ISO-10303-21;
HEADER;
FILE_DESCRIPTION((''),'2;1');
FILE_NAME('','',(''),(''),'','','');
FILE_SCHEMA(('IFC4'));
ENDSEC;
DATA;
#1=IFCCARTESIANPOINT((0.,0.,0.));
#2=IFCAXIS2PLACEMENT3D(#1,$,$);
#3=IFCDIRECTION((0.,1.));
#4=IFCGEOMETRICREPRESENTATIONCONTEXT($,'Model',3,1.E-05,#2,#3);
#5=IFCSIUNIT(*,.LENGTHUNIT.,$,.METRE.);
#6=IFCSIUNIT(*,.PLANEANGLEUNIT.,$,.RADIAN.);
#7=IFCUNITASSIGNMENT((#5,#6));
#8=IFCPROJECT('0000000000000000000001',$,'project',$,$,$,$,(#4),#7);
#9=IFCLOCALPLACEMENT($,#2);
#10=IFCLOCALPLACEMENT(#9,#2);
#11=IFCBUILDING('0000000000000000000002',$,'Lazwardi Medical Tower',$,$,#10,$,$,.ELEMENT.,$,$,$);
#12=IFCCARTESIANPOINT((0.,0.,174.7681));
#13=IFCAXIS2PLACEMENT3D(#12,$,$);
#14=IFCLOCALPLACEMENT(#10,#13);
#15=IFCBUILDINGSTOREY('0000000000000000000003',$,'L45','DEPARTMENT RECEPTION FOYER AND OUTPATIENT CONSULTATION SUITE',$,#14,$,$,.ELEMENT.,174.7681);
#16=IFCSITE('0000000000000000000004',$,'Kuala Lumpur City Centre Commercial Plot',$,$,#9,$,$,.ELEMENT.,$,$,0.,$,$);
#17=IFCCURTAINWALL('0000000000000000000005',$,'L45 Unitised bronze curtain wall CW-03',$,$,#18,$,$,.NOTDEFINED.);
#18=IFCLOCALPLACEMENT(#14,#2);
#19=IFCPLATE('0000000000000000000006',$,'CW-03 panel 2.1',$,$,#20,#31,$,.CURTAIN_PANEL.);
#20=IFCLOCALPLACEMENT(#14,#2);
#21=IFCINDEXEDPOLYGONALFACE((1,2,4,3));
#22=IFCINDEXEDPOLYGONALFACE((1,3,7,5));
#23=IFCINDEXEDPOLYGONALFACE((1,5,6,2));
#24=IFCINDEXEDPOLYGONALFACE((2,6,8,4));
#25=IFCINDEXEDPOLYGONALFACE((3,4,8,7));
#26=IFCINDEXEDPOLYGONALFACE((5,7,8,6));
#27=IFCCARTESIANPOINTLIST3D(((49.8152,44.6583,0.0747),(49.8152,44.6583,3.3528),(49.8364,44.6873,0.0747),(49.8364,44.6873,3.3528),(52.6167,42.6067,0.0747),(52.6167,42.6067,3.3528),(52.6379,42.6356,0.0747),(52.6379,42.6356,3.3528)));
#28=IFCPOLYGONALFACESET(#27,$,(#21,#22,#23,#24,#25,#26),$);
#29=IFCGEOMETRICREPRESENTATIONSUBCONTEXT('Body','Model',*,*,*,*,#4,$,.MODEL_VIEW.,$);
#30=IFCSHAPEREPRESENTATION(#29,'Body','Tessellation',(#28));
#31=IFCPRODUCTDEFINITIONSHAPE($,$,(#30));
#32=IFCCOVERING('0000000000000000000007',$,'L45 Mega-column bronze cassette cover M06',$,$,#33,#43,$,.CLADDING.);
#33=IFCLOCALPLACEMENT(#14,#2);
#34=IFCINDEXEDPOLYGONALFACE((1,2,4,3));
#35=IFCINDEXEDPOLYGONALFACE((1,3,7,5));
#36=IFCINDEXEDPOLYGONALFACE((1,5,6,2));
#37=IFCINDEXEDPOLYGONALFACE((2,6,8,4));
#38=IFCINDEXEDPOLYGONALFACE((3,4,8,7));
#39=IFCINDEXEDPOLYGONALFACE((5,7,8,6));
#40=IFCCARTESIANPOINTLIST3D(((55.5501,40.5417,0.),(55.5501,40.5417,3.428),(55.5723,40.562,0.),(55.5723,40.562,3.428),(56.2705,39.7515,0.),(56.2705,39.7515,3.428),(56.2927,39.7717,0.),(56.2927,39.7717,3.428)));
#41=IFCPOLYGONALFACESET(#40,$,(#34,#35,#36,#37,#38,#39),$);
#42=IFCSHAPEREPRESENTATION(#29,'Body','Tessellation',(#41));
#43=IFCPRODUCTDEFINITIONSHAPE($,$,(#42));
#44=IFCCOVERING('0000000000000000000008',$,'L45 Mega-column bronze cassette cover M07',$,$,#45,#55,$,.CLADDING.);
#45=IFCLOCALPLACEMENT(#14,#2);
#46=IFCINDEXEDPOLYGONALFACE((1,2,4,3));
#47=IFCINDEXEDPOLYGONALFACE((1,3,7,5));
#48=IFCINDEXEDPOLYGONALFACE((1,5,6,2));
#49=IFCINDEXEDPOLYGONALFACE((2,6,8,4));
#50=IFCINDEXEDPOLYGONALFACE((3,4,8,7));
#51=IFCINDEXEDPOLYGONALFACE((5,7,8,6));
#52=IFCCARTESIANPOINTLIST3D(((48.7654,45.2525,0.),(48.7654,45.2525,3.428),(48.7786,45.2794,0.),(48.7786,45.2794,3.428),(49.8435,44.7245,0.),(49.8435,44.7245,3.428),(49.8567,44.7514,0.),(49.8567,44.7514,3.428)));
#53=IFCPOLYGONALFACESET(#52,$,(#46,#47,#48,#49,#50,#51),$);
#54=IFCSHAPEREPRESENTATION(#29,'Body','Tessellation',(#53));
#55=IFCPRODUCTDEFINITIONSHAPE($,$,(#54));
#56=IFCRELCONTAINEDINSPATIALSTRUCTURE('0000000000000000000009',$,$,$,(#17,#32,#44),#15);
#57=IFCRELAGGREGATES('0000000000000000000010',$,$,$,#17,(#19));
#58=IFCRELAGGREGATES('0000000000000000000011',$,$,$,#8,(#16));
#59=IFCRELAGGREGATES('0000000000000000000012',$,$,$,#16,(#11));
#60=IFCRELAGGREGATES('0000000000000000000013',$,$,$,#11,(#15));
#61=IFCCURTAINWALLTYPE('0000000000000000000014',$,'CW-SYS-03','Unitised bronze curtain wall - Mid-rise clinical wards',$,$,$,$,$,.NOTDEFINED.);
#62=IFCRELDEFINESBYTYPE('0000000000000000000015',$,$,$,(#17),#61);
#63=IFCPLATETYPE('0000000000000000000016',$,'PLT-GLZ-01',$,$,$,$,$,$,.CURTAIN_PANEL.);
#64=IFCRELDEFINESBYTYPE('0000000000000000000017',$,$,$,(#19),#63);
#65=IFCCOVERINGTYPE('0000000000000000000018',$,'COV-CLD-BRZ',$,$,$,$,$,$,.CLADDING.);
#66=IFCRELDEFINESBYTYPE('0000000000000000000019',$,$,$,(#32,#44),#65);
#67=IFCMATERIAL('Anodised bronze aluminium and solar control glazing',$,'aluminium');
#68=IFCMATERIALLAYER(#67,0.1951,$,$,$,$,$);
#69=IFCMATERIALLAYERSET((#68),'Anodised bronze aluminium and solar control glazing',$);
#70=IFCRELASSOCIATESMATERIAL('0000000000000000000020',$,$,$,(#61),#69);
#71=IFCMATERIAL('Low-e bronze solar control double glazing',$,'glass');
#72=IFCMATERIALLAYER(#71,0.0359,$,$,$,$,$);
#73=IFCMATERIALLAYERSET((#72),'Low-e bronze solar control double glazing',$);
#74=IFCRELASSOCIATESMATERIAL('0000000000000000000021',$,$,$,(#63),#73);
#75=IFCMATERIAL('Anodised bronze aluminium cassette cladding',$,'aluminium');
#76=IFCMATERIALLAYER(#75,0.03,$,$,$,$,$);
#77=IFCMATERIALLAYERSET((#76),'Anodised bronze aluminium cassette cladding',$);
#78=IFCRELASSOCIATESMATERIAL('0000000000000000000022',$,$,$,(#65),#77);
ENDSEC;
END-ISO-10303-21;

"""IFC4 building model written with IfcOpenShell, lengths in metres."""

from ifc_helpers import new_model, si_unit, direction, frame, origin, origin_2d, place, context, subcontext, project, spatial, rectangle, extrude, material, layer, layer_set, type_object, element, aggregate, save


model = new_model("IFC4")

# Units and contexts
model_context = context("Model", 3, precision=1e-05, world=origin(), true_north=direction((0.0, 1.0)))
body_context = subcontext(model_context, "Body", "Model", "MODEL_VIEW")
ifc_project = project(units=[si_unit("LENGTHUNIT", "METRE"), si_unit("PLANEANGLEUNIT", "RADIAN")], contexts=[model_context])

# Site, building, storey
site_placement = place(None, origin())
site = spatial("IfcSite", under=ifc_project, at=site_placement, Name="Kuala Lumpur City Centre Commercial Plot", CompositionType="ELEMENT", RefElevation=0.0)
building_placement = place(site_placement, origin())
building = spatial("IfcBuilding", under=site, at=building_placement, Name="Lazwardi Medical Tower", CompositionType="ELEMENT")
storey_placement = place(building_placement, frame((0.0, 0.0, 174.7681)))
storey = spatial("IfcBuildingStorey", under=building, at=storey_placement, Name="L45", Description="DEPARTMENT RECEPTION FOYER AND OUTPATIENT CONSULTATION SUITE", CompositionType="ELEMENT", Elevation=174.7681)

# Shared definitions
ifc_material_1 = material(Name="Anodised bronze aluminium and solar control glazing", Category="aluminium")
ifc_layer_1 = layer(ifc_material_1, 0.1951)
ifc_layer_set_1 = layer_set([ifc_layer_1], Name="Anodised bronze aluminium and solar control glazing")
curtain_wall_type = type_object("IfcCurtainWallType", Name="CW-SYS-03", Description="Unitised bronze curtain wall - Mid-rise clinical wards", PredefinedType="NOTDEFINED", material=ifc_layer_set_1)

# Curtain wall
curtain_wall_1_placement = place(storey_placement, origin())
curtain_wall_1 = element("IfcCurtainWall", 1, at=curtain_wall_1_placement, inside=storey, type_object=curtain_wall_type, Name="L45 Unitised bronze curtain wall CW-03", PredefinedType="NOTDEFINED")

# Plate
ifc_material_2 = material(Name="Low-e bronze solar control double glazing", Category="glass")
ifc_layer_2 = layer(ifc_material_2, 0.0359)
ifc_layer_set_2 = layer_set([ifc_layer_2], Name="Low-e bronze solar control double glazing")
plate_type = type_object("IfcPlateType", Name="PLT-GLZ-01", PredefinedType="CURTAIN_PANEL", material=ifc_layer_set_2)
plate_1_placement = place(storey_placement, frame((51.2266, 43.647, 0.0747), z_axis=(0.0, 0.0, 1.0), x_axis=(-0.806793, 0.590834, 0.0)))
plate_1 = element("IfcPlate", 2, at=plate_1_placement, type_object=plate_type, Name="CW-03 panel 2.1", PredefinedType="CURTAIN_PANEL", context=body_context, shape_type="SweptSolid", body=[
    extrude(rectangle(XDim=3.4724, YDim=0.0359, at=origin_2d()), origin(), (0.0, 0.0, 1.0), 3.2781),
])
aggregate(curtain_wall_1, [plate_1])

# Coverings
ifc_material_3 = material(Name="Anodised bronze aluminium cassette cladding", Category="aluminium")
ifc_layer_3 = layer(ifc_material_3, 0.03)
ifc_layer_set_3 = layer_set([ifc_layer_3], Name="Anodised bronze aluminium cassette cladding")
covering_type = type_object("IfcCoveringType", Name="COV-CLD-BRZ", PredefinedType="CLADDING", material=ifc_layer_set_3)
covering_1_placement = place(storey_placement, frame((55.9214, 40.1567, 0.0), z_axis=(0.0, 0.0, 1.0), x_axis=(-0.673714, 0.738992, 0.0)))
element("IfcCovering", 3, at=covering_1_placement, inside=storey, type_object=covering_type, Name="L45 Mega-column bronze cassette cover M06", PredefinedType="CLADDING", context=body_context, shape_type="SweptSolid", body=[
    extrude(rectangle(XDim=1.0693, YDim=0.03, at=origin_2d()), origin(), (0.0, 0.0, 1.0), 3.428),
])
covering_2_placement = place(storey_placement, frame((49.311, 45.002, 0.0), z_axis=(0.0, 0.0, 1.0), x_axis=(-0.898079, 0.439834, 0.0)))
element("IfcCovering", 4, at=covering_2_placement, inside=storey, type_object=covering_type, Name="L45 Mega-column bronze cassette cover M07", PredefinedType="CLADDING", context=body_context, shape_type="SweptSolid", body=[
    extrude(rectangle(XDim=1.2004, YDim=0.03, at=origin_2d()), origin(), (0.0, 0.0, 1.0), 3.428),
])

save(model, "model.ifc")
